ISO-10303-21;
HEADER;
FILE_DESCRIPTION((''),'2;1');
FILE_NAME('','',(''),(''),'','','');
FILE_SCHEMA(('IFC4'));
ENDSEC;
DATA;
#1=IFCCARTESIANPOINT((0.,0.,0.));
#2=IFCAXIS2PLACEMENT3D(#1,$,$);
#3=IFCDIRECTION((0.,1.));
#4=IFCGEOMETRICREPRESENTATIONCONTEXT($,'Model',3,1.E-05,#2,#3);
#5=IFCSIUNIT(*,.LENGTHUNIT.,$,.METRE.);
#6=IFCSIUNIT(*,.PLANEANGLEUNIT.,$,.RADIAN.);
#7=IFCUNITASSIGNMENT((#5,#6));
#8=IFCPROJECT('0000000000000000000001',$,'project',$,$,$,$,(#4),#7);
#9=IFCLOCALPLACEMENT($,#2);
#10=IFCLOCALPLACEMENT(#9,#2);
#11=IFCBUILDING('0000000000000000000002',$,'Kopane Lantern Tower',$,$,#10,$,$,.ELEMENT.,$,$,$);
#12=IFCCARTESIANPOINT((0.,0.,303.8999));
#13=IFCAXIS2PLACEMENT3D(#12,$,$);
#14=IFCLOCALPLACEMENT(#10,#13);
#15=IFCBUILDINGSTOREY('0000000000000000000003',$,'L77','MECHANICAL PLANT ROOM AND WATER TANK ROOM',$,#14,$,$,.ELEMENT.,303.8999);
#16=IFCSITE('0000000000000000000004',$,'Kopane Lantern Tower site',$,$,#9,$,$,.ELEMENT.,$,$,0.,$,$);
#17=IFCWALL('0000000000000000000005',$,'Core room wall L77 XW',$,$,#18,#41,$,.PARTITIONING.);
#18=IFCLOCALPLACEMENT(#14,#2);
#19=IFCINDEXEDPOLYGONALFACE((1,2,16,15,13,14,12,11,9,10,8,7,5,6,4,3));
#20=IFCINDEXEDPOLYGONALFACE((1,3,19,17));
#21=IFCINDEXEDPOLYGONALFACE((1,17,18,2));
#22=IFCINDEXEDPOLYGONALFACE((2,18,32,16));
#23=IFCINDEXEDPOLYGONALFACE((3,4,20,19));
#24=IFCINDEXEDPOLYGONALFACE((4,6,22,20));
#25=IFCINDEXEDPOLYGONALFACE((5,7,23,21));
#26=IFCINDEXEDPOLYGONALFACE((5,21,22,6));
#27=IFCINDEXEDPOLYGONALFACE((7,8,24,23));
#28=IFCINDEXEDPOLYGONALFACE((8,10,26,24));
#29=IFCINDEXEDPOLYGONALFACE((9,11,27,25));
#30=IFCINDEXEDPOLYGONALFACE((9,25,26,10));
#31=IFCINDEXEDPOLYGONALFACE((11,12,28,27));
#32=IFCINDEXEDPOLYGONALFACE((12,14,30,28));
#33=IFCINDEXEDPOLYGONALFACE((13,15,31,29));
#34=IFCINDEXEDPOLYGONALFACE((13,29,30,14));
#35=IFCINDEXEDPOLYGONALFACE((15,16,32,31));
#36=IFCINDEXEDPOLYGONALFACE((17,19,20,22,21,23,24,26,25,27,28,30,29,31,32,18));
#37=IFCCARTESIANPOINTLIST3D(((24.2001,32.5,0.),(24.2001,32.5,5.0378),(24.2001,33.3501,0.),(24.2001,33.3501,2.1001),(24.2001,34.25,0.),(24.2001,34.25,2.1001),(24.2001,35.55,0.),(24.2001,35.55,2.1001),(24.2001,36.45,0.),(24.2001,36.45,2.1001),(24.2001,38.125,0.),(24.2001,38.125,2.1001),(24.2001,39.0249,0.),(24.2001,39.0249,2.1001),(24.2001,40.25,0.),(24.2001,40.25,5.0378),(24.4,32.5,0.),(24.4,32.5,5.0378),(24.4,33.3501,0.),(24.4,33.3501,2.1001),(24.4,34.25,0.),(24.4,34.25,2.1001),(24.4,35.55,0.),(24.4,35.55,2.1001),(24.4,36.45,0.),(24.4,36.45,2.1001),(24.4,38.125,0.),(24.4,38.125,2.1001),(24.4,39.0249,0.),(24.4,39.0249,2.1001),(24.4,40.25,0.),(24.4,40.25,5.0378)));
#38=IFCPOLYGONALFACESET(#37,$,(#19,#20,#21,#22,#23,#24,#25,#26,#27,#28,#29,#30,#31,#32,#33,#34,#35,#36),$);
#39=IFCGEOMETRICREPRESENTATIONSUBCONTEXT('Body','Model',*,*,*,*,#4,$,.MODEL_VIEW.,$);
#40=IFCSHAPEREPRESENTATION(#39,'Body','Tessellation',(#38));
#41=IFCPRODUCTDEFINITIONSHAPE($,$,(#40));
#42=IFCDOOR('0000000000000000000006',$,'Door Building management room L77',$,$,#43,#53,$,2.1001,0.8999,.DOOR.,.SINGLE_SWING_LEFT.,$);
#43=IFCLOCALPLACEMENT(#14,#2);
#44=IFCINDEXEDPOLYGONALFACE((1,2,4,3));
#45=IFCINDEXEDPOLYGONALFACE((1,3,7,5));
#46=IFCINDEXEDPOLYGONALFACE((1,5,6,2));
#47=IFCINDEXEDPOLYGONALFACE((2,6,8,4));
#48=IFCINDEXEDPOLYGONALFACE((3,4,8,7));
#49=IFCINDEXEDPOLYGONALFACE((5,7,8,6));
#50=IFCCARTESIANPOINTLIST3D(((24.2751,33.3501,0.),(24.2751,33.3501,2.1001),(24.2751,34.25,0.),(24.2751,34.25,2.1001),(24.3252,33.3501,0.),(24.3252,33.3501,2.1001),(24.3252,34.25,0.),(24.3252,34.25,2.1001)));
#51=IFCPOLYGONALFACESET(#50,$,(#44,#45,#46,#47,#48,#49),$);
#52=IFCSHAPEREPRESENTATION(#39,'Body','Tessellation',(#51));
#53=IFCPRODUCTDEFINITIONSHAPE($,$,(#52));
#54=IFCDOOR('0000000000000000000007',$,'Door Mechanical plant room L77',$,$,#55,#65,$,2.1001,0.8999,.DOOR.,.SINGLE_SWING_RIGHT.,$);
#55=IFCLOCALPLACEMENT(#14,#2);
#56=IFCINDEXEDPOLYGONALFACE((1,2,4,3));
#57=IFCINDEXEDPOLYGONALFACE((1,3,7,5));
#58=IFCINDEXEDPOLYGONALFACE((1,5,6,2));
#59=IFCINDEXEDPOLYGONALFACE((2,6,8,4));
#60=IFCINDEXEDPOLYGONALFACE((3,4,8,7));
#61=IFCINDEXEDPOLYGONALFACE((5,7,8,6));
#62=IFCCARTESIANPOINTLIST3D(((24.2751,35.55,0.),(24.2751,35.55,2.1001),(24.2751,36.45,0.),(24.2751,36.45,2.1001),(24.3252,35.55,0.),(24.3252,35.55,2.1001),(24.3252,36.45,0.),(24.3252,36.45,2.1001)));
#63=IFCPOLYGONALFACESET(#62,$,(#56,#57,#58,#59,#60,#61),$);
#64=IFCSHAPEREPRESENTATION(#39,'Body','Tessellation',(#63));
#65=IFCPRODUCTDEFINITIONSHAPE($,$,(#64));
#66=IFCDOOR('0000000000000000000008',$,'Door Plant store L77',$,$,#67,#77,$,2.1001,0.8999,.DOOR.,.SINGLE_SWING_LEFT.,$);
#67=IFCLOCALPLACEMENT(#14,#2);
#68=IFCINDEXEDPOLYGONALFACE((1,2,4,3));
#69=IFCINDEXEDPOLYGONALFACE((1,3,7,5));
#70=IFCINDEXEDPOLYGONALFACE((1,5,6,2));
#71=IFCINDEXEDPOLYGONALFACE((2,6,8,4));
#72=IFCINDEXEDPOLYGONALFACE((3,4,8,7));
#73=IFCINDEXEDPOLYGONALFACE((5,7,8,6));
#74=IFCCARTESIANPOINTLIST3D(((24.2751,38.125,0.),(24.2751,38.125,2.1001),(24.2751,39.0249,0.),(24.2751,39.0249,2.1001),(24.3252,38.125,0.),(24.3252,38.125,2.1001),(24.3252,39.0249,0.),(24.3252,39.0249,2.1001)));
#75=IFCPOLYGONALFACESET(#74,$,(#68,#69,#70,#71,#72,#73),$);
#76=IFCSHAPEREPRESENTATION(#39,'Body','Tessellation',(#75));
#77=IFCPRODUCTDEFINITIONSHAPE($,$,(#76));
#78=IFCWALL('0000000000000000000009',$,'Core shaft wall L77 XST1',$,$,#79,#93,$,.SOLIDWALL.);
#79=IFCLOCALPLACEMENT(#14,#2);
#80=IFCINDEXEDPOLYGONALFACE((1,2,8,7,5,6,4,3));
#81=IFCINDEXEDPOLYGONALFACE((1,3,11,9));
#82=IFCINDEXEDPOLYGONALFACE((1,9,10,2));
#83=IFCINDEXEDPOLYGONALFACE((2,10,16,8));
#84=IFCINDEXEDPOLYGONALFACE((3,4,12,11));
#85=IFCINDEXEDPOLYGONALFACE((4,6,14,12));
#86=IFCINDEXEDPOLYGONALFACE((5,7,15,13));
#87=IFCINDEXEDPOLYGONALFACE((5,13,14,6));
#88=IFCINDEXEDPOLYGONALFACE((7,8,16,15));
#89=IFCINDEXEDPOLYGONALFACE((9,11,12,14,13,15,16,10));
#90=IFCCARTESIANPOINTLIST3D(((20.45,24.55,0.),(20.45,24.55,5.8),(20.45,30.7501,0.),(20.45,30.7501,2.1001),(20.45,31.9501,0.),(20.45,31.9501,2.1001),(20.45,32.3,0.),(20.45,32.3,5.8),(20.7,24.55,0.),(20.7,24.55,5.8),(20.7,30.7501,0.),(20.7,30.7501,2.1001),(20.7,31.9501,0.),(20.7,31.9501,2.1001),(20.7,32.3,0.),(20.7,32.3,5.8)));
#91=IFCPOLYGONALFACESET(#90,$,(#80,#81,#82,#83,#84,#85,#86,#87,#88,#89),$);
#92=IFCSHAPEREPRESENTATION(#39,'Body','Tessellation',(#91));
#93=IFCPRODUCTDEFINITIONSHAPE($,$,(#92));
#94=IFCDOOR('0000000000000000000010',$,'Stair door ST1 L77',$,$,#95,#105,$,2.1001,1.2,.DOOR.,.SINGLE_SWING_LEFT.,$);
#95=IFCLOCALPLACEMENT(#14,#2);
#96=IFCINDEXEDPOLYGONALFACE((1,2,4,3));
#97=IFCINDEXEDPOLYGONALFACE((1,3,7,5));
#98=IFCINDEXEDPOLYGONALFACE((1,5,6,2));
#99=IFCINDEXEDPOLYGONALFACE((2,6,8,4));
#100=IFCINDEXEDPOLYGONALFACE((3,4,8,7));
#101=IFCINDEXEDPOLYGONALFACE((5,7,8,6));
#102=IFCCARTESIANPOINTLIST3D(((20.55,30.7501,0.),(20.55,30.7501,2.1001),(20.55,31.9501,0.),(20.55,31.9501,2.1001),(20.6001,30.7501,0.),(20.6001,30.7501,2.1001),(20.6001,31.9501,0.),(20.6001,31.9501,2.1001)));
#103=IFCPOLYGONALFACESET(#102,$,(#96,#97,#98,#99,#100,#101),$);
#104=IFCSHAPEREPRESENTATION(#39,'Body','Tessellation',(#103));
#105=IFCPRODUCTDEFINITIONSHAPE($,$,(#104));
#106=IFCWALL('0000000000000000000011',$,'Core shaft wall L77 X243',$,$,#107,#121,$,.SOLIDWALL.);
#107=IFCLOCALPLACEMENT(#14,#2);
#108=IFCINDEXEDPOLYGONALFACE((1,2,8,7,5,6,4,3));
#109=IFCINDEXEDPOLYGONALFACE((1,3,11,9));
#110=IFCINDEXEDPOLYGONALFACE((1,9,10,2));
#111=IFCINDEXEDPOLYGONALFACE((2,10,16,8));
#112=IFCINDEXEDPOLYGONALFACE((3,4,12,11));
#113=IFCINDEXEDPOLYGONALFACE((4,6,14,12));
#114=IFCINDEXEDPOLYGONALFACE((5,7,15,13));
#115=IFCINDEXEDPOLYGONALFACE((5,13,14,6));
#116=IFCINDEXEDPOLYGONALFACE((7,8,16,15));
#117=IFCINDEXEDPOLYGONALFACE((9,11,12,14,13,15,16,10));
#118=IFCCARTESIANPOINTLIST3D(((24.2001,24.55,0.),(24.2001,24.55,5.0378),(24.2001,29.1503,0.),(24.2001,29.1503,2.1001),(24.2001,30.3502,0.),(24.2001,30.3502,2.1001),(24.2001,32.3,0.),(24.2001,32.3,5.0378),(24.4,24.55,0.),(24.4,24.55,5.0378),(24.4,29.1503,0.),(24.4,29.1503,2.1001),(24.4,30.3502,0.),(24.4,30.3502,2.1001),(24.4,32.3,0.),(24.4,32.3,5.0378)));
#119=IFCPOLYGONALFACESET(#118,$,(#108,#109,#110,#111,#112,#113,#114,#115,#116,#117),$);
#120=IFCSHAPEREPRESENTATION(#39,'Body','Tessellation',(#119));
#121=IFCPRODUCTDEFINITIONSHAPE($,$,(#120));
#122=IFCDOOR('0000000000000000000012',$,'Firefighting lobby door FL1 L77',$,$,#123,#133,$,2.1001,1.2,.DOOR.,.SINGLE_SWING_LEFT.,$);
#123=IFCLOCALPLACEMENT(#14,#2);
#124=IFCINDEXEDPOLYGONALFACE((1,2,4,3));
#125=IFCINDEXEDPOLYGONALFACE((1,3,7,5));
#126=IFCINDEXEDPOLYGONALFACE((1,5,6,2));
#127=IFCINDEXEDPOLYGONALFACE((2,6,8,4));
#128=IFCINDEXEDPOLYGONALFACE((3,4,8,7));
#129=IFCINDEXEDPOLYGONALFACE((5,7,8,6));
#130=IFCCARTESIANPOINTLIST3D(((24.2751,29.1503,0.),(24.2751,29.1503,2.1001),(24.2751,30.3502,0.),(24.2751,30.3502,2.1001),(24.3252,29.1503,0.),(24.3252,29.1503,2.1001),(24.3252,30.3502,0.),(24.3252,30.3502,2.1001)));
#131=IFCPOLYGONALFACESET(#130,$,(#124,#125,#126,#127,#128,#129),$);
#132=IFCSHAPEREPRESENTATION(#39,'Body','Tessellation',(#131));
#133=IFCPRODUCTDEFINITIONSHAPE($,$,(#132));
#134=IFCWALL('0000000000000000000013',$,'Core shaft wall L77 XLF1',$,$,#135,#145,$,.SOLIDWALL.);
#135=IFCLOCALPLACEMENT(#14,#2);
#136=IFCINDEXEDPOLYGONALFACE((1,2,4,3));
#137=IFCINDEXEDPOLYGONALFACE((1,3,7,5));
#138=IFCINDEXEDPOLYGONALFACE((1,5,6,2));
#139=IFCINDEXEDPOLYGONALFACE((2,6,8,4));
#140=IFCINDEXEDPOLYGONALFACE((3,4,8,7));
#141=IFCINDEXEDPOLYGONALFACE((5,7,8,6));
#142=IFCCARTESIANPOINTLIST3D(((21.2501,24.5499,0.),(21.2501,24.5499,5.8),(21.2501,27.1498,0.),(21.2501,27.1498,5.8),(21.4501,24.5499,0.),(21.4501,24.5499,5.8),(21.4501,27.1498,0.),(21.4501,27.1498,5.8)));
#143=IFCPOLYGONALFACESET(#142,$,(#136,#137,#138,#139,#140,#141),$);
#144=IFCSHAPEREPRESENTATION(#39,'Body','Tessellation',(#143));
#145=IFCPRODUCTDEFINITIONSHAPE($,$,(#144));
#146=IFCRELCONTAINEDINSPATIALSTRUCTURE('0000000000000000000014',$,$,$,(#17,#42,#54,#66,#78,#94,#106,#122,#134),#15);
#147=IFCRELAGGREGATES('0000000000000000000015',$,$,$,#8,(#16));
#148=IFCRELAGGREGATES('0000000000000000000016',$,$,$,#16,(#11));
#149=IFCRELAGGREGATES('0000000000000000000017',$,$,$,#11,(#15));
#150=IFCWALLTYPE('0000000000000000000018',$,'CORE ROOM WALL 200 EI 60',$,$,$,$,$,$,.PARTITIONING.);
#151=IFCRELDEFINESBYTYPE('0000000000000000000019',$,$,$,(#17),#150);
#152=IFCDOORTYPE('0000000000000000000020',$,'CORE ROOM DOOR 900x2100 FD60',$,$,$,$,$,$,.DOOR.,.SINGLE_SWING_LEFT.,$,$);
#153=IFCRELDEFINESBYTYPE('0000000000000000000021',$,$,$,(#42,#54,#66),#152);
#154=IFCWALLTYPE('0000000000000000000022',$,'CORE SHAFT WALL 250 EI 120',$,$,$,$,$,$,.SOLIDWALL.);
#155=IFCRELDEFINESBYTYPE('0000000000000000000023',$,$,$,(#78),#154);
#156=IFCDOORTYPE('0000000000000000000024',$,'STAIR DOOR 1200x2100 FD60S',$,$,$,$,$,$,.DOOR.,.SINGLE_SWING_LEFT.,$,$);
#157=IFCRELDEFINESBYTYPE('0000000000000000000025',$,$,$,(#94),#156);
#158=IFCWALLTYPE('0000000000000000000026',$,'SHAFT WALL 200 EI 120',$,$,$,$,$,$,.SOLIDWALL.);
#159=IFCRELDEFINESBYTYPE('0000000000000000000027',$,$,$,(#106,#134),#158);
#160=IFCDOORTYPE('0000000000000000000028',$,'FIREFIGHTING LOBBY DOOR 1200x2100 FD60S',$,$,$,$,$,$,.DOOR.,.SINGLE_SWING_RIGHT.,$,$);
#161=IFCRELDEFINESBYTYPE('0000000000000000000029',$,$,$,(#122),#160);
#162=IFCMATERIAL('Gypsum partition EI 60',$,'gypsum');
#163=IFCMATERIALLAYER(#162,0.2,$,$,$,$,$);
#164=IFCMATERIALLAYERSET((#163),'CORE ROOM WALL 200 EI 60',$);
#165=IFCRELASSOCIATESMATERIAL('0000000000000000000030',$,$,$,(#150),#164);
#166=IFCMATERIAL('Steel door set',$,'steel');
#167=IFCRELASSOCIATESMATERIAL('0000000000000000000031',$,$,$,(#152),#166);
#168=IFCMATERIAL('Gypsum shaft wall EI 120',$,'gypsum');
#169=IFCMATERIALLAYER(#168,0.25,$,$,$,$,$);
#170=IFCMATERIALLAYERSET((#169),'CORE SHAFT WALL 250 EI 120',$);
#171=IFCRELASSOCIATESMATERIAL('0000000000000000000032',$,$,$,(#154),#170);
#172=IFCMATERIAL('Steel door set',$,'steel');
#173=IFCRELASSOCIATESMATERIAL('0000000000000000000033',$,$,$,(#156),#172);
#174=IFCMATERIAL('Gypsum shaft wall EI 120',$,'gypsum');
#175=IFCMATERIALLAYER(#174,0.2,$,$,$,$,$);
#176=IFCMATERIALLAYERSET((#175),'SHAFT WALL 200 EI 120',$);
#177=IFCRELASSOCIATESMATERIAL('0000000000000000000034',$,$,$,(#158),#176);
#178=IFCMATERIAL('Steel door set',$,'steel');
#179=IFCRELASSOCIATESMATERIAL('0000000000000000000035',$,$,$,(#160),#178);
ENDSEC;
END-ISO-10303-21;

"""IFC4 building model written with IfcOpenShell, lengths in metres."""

from ifc_helpers import new_model, si_unit, direction, frame, frame_2d, origin, place, context, subcontext, project, spatial, rectangle, extrude, material, layer, layer_set, type_object, element, fill, save


model = new_model("IFC4")

# Units and contexts
model_context = context("Model", 3, precision=1e-05, world=origin(), true_north=direction((0.0, 1.0)))
body_context = subcontext(model_context, "Body", "Model", "MODEL_VIEW")
ifc_project = project(units=[si_unit("LENGTHUNIT", "METRE"), si_unit("PLANEANGLEUNIT", "RADIAN")], contexts=[model_context])

# Site, building, storey
site_placement = place(None, origin())
site = spatial("IfcSite", under=ifc_project, at=site_placement, Name="Kopane Lantern Tower site", CompositionType="ELEMENT", RefElevation=0.0)
building_placement = place(site_placement, origin())
building = spatial("IfcBuilding", under=site, at=building_placement, Name="Kopane Lantern Tower", CompositionType="ELEMENT")
storey_placement = place(building_placement, frame((0.0, 0.0, 303.8999)))
storey = spatial("IfcBuildingStorey", under=building, at=storey_placement, Name="L77", Description="MECHANICAL PLANT ROOM AND WATER TANK ROOM", CompositionType="ELEMENT", Elevation=303.8999)

# Wall, openings, doors
ifc_material_1 = material(Name="Gypsum partition EI 60", Category="gypsum")
ifc_layer_1 = layer(ifc_material_1, 0.2)
ifc_layer_set_1 = layer_set([ifc_layer_1], Name="CORE ROOM WALL 200 EI 60")
wall_type_1 = type_object("IfcWallType", Name="CORE ROOM WALL 200 EI 60", PredefinedType="PARTITIONING", material=ifc_layer_set_1)
wall_1_placement = place(storey_placement, frame((24.3, 32.5, 0.0), z_axis=(0.0, 0.0, 1.0), x_axis=(0.0, 1.0, 0.0)))
wall_1 = element("IfcWall", 1, at=wall_1_placement, inside=storey, type_object=wall_type_1, Name="Core room wall L77 XW", PredefinedType="PARTITIONING", context=body_context, shape_type="SweptSolid", body=[
    extrude(rectangle(XDim=7.75, YDim=0.2, at=frame_2d((3.875, 0.0))), origin(), (0.0, 0.0, 1.0), 5.0378),
])
opening_1_placement = place(wall_1_placement, frame((0.8501, 0.0, 0.0)))
opening_1 = element("IfcOpeningElement", 2, at=opening_1_placement, cuts=wall_1, PredefinedType="OPENING", context=body_context, shape_type="SweptSolid", body=[
    extrude(rectangle(XDim=0.8999, YDim=2.1001, at=frame_2d((0.45, 1.05))), frame((0.0, 0.1099, 0.0), z_axis=(0.0, -1.0, 0.0), x_axis=(1.0, 0.0, 0.0)), (0.0, 0.0, 1.0), 0.22),
])
opening_2_placement = place(wall_1_placement, frame((3.05, 0.0, 0.0)))
opening_2 = element("IfcOpeningElement", 3, at=opening_2_placement, cuts=wall_1, PredefinedType="OPENING", context=body_context, shape_type="SweptSolid", body=[
    extrude(rectangle(XDim=0.8999, YDim=2.1001, at=frame_2d((0.45, 1.05))), frame((0.0, 0.1099, 0.0), z_axis=(0.0, -1.0, 0.0), x_axis=(1.0, 0.0, 0.0)), (0.0, 0.0, 1.0), 0.22),
])
opening_3_placement = place(wall_1_placement, frame((5.625, 0.0, 0.0)))
opening_3 = element("IfcOpeningElement", 4, at=opening_3_placement, cuts=wall_1, PredefinedType="OPENING", context=body_context, shape_type="SweptSolid", body=[
    extrude(rectangle(XDim=0.8999, YDim=2.1001, at=frame_2d((0.45, 1.05))), frame((0.0, 0.1099, 0.0), z_axis=(0.0, -1.0, 0.0), x_axis=(1.0, 0.0, 0.0)), (0.0, 0.0, 1.0), 0.22),
])
ifc_material_2 = material(Name="Steel door set", Category="steel")
door_type_1 = type_object("IfcDoorType", Name="CORE ROOM DOOR 900x2100 FD60", OperationType="SINGLE_SWING_LEFT", PredefinedType="DOOR", material=ifc_material_2)
door_1_placement = place(opening_1_placement, origin())
door_1 = element("IfcDoor", 5, at=door_1_placement, inside=storey, type_object=door_type_1, Name="Door Building management room L77", OperationType="SINGLE_SWING_LEFT", OverallHeight=2.1001, OverallWidth=0.8999, PredefinedType="DOOR", context=body_context, shape_type="SweptSolid", body=[
    extrude(rectangle(XDim=0.8999, YDim=2.1001, at=frame_2d((0.45, 1.05))), frame((0.0, 0.0249, 0.0), z_axis=(0.0, -1.0, 0.0), x_axis=(1.0, 0.0, 0.0)), (0.0, 0.0, 1.0), 0.05),
])
fill(opening_1, door_1)
door_2_placement = place(opening_2_placement, origin())
door_2 = element("IfcDoor", 6, at=door_2_placement, inside=storey, type_object=door_type_1, Name="Door Mechanical plant room L77", OperationType="SINGLE_SWING_RIGHT", OverallHeight=2.1001, OverallWidth=0.8999, PredefinedType="DOOR", context=body_context, shape_type="SweptSolid", body=[
    extrude(rectangle(XDim=0.8999, YDim=2.1001, at=frame_2d((0.45, 1.05))), frame((0.0, 0.0249, 0.0), z_axis=(0.0, -1.0, 0.0), x_axis=(1.0, 0.0, 0.0)), (0.0, 0.0, 1.0), 0.05),
])
fill(opening_2, door_2)
door_3_placement = place(opening_3_placement, origin())
door_3 = element("IfcDoor", 7, at=door_3_placement, inside=storey, type_object=door_type_1, Name="Door Plant store L77", OperationType="SINGLE_SWING_LEFT", OverallHeight=2.1001, OverallWidth=0.8999, PredefinedType="DOOR", context=body_context, shape_type="SweptSolid", body=[
    extrude(rectangle(XDim=0.8999, YDim=2.1001, at=frame_2d((0.45, 1.05))), frame((0.0, 0.0249, 0.0), z_axis=(0.0, -1.0, 0.0), x_axis=(1.0, 0.0, 0.0)), (0.0, 0.0, 1.0), 0.05),
])
fill(opening_3, door_3)

# Walls, openings, doors
ifc_material_3 = material(Name="Gypsum shaft wall EI 120", Category="gypsum")
ifc_layer_2 = layer(ifc_material_3, 0.25)
ifc_layer_set_2 = layer_set([ifc_layer_2], Name="CORE SHAFT WALL 250 EI 120")
wall_type_2 = type_object("IfcWallType", Name="CORE SHAFT WALL 250 EI 120", PredefinedType="SOLIDWALL", material=ifc_layer_set_2)
wall_2_placement = place(storey_placement, frame((20.575, 24.55, 0.0), z_axis=(0.0, 0.0, 1.0), x_axis=(0.0, 1.0, 0.0)))
wall_2 = element("IfcWall", 8, at=wall_2_placement, inside=storey, type_object=wall_type_2, Name="Core shaft wall L77 XST1", PredefinedType="SOLIDWALL", context=body_context, shape_type="SweptSolid", body=[
    extrude(rectangle(XDim=7.75, YDim=0.25, at=frame_2d((3.875, 0.0))), origin(), (0.0, 0.0, 1.0), 5.8),
])
opening_4_placement = place(wall_2_placement, frame((6.2, 0.0, 0.0)))
opening_4 = element("IfcOpeningElement", 9, at=opening_4_placement, cuts=wall_2, PredefinedType="OPENING", context=body_context, shape_type="SweptSolid", body=[
    extrude(rectangle(XDim=1.2, YDim=2.1001, at=frame_2d((0.6001, 1.05))), frame((0.0, 0.135, 0.0), z_axis=(0.0, -1.0, 0.0), x_axis=(1.0, 0.0, 0.0)), (0.0, 0.0, 1.0), 0.27),
])
ifc_material_4 = material(Name="Steel door set", Category="steel")
door_type_2 = type_object("IfcDoorType", Name="STAIR DOOR 1200x2100 FD60S", OperationType="SINGLE_SWING_LEFT", PredefinedType="DOOR", material=ifc_material_4)
door_4_placement = place(opening_4_placement, origin())
door_4 = element("IfcDoor", 10, at=door_4_placement, inside=storey, type_object=door_type_2, Name="Stair door ST1 L77", OperationType="SINGLE_SWING_LEFT", OverallHeight=2.1001, OverallWidth=1.2, PredefinedType="DOOR", context=body_context, shape_type="SweptSolid", body=[
    extrude(rectangle(XDim=1.2, YDim=2.1001, at=frame_2d((0.6001, 1.05))), frame((0.0, 0.0249, 0.0), z_axis=(0.0, -1.0, 0.0), x_axis=(1.0, 0.0, 0.0)), (0.0, 0.0, 1.0), 0.05),
])
fill(opening_4, door_4)
ifc_material_5 = material(Name="Gypsum shaft wall EI 120", Category="gypsum")
ifc_layer_3 = layer(ifc_material_5, 0.2)
ifc_layer_set_3 = layer_set([ifc_layer_3], Name="SHAFT WALL 200 EI 120")
wall_type_3 = type_object("IfcWallType", Name="SHAFT WALL 200 EI 120", PredefinedType="SOLIDWALL", material=ifc_layer_set_3)
wall_3_placement = place(storey_placement, frame((24.3, 24.55, 0.0), z_axis=(0.0, 0.0, 1.0), x_axis=(0.0, 1.0, 0.0)))
wall_3 = element("IfcWall", 11, at=wall_3_placement, inside=storey, type_object=wall_type_3, Name="Core shaft wall L77 X243", PredefinedType="SOLIDWALL", context=body_context, shape_type="SweptSolid", body=[
    extrude(rectangle(XDim=7.75, YDim=0.2, at=frame_2d((3.875, 0.0))), origin(), (0.0, 0.0, 1.0), 5.0378),
])
opening_5_placement = place(wall_3_placement, frame((4.6001, 0.0, 0.0)))
opening_5 = element("IfcOpeningElement", 12, at=opening_5_placement, cuts=wall_3, PredefinedType="OPENING", context=body_context, shape_type="SweptSolid", body=[
    extrude(rectangle(XDim=1.2, YDim=2.1001, at=frame_2d((0.6001, 1.05))), frame((0.0, 0.1099, 0.0), z_axis=(0.0, -1.0, 0.0), x_axis=(1.0, 0.0, 0.0)), (0.0, 0.0, 1.0), 0.22),
])
ifc_material_6 = material(Name="Steel door set", Category="steel")
door_type_3 = type_object("IfcDoorType", Name="FIREFIGHTING LOBBY DOOR 1200x2100 FD60S", OperationType="SINGLE_SWING_RIGHT", PredefinedType="DOOR", material=ifc_material_6)
door_5_placement = place(opening_5_placement, origin())
door_5 = element("IfcDoor", 13, at=door_5_placement, inside=storey, type_object=door_type_3, Name="Firefighting lobby door FL1 L77", OperationType="SINGLE_SWING_LEFT", OverallHeight=2.1001, OverallWidth=1.2, PredefinedType="DOOR", context=body_context, shape_type="SweptSolid", body=[
    extrude(rectangle(XDim=1.2, YDim=2.1001, at=frame_2d((0.6001, 1.05))), frame((0.0, 0.0249, 0.0), z_axis=(0.0, -1.0, 0.0), x_axis=(1.0, 0.0, 0.0)), (0.0, 0.0, 1.0), 0.05),
])
fill(opening_5, door_5)

# Wall
wall_4_placement = place(storey_placement, frame((21.3501, 24.55, 0.0), z_axis=(0.0, 0.0, 1.0), x_axis=(0.0, 1.0, 0.0)))
element("IfcWall", 14, at=wall_4_placement, inside=storey, type_object=wall_type_3, Name="Core shaft wall L77 XLF1", PredefinedType="SOLIDWALL", context=body_context, shape_type="SweptSolid", body=[
    extrude(rectangle(XDim=2.5999, YDim=0.2, at=frame_2d((1.2998, 0.0))), origin(), (0.0, 0.0, 1.0), 5.8),
])

save(model, "model.ifc")
